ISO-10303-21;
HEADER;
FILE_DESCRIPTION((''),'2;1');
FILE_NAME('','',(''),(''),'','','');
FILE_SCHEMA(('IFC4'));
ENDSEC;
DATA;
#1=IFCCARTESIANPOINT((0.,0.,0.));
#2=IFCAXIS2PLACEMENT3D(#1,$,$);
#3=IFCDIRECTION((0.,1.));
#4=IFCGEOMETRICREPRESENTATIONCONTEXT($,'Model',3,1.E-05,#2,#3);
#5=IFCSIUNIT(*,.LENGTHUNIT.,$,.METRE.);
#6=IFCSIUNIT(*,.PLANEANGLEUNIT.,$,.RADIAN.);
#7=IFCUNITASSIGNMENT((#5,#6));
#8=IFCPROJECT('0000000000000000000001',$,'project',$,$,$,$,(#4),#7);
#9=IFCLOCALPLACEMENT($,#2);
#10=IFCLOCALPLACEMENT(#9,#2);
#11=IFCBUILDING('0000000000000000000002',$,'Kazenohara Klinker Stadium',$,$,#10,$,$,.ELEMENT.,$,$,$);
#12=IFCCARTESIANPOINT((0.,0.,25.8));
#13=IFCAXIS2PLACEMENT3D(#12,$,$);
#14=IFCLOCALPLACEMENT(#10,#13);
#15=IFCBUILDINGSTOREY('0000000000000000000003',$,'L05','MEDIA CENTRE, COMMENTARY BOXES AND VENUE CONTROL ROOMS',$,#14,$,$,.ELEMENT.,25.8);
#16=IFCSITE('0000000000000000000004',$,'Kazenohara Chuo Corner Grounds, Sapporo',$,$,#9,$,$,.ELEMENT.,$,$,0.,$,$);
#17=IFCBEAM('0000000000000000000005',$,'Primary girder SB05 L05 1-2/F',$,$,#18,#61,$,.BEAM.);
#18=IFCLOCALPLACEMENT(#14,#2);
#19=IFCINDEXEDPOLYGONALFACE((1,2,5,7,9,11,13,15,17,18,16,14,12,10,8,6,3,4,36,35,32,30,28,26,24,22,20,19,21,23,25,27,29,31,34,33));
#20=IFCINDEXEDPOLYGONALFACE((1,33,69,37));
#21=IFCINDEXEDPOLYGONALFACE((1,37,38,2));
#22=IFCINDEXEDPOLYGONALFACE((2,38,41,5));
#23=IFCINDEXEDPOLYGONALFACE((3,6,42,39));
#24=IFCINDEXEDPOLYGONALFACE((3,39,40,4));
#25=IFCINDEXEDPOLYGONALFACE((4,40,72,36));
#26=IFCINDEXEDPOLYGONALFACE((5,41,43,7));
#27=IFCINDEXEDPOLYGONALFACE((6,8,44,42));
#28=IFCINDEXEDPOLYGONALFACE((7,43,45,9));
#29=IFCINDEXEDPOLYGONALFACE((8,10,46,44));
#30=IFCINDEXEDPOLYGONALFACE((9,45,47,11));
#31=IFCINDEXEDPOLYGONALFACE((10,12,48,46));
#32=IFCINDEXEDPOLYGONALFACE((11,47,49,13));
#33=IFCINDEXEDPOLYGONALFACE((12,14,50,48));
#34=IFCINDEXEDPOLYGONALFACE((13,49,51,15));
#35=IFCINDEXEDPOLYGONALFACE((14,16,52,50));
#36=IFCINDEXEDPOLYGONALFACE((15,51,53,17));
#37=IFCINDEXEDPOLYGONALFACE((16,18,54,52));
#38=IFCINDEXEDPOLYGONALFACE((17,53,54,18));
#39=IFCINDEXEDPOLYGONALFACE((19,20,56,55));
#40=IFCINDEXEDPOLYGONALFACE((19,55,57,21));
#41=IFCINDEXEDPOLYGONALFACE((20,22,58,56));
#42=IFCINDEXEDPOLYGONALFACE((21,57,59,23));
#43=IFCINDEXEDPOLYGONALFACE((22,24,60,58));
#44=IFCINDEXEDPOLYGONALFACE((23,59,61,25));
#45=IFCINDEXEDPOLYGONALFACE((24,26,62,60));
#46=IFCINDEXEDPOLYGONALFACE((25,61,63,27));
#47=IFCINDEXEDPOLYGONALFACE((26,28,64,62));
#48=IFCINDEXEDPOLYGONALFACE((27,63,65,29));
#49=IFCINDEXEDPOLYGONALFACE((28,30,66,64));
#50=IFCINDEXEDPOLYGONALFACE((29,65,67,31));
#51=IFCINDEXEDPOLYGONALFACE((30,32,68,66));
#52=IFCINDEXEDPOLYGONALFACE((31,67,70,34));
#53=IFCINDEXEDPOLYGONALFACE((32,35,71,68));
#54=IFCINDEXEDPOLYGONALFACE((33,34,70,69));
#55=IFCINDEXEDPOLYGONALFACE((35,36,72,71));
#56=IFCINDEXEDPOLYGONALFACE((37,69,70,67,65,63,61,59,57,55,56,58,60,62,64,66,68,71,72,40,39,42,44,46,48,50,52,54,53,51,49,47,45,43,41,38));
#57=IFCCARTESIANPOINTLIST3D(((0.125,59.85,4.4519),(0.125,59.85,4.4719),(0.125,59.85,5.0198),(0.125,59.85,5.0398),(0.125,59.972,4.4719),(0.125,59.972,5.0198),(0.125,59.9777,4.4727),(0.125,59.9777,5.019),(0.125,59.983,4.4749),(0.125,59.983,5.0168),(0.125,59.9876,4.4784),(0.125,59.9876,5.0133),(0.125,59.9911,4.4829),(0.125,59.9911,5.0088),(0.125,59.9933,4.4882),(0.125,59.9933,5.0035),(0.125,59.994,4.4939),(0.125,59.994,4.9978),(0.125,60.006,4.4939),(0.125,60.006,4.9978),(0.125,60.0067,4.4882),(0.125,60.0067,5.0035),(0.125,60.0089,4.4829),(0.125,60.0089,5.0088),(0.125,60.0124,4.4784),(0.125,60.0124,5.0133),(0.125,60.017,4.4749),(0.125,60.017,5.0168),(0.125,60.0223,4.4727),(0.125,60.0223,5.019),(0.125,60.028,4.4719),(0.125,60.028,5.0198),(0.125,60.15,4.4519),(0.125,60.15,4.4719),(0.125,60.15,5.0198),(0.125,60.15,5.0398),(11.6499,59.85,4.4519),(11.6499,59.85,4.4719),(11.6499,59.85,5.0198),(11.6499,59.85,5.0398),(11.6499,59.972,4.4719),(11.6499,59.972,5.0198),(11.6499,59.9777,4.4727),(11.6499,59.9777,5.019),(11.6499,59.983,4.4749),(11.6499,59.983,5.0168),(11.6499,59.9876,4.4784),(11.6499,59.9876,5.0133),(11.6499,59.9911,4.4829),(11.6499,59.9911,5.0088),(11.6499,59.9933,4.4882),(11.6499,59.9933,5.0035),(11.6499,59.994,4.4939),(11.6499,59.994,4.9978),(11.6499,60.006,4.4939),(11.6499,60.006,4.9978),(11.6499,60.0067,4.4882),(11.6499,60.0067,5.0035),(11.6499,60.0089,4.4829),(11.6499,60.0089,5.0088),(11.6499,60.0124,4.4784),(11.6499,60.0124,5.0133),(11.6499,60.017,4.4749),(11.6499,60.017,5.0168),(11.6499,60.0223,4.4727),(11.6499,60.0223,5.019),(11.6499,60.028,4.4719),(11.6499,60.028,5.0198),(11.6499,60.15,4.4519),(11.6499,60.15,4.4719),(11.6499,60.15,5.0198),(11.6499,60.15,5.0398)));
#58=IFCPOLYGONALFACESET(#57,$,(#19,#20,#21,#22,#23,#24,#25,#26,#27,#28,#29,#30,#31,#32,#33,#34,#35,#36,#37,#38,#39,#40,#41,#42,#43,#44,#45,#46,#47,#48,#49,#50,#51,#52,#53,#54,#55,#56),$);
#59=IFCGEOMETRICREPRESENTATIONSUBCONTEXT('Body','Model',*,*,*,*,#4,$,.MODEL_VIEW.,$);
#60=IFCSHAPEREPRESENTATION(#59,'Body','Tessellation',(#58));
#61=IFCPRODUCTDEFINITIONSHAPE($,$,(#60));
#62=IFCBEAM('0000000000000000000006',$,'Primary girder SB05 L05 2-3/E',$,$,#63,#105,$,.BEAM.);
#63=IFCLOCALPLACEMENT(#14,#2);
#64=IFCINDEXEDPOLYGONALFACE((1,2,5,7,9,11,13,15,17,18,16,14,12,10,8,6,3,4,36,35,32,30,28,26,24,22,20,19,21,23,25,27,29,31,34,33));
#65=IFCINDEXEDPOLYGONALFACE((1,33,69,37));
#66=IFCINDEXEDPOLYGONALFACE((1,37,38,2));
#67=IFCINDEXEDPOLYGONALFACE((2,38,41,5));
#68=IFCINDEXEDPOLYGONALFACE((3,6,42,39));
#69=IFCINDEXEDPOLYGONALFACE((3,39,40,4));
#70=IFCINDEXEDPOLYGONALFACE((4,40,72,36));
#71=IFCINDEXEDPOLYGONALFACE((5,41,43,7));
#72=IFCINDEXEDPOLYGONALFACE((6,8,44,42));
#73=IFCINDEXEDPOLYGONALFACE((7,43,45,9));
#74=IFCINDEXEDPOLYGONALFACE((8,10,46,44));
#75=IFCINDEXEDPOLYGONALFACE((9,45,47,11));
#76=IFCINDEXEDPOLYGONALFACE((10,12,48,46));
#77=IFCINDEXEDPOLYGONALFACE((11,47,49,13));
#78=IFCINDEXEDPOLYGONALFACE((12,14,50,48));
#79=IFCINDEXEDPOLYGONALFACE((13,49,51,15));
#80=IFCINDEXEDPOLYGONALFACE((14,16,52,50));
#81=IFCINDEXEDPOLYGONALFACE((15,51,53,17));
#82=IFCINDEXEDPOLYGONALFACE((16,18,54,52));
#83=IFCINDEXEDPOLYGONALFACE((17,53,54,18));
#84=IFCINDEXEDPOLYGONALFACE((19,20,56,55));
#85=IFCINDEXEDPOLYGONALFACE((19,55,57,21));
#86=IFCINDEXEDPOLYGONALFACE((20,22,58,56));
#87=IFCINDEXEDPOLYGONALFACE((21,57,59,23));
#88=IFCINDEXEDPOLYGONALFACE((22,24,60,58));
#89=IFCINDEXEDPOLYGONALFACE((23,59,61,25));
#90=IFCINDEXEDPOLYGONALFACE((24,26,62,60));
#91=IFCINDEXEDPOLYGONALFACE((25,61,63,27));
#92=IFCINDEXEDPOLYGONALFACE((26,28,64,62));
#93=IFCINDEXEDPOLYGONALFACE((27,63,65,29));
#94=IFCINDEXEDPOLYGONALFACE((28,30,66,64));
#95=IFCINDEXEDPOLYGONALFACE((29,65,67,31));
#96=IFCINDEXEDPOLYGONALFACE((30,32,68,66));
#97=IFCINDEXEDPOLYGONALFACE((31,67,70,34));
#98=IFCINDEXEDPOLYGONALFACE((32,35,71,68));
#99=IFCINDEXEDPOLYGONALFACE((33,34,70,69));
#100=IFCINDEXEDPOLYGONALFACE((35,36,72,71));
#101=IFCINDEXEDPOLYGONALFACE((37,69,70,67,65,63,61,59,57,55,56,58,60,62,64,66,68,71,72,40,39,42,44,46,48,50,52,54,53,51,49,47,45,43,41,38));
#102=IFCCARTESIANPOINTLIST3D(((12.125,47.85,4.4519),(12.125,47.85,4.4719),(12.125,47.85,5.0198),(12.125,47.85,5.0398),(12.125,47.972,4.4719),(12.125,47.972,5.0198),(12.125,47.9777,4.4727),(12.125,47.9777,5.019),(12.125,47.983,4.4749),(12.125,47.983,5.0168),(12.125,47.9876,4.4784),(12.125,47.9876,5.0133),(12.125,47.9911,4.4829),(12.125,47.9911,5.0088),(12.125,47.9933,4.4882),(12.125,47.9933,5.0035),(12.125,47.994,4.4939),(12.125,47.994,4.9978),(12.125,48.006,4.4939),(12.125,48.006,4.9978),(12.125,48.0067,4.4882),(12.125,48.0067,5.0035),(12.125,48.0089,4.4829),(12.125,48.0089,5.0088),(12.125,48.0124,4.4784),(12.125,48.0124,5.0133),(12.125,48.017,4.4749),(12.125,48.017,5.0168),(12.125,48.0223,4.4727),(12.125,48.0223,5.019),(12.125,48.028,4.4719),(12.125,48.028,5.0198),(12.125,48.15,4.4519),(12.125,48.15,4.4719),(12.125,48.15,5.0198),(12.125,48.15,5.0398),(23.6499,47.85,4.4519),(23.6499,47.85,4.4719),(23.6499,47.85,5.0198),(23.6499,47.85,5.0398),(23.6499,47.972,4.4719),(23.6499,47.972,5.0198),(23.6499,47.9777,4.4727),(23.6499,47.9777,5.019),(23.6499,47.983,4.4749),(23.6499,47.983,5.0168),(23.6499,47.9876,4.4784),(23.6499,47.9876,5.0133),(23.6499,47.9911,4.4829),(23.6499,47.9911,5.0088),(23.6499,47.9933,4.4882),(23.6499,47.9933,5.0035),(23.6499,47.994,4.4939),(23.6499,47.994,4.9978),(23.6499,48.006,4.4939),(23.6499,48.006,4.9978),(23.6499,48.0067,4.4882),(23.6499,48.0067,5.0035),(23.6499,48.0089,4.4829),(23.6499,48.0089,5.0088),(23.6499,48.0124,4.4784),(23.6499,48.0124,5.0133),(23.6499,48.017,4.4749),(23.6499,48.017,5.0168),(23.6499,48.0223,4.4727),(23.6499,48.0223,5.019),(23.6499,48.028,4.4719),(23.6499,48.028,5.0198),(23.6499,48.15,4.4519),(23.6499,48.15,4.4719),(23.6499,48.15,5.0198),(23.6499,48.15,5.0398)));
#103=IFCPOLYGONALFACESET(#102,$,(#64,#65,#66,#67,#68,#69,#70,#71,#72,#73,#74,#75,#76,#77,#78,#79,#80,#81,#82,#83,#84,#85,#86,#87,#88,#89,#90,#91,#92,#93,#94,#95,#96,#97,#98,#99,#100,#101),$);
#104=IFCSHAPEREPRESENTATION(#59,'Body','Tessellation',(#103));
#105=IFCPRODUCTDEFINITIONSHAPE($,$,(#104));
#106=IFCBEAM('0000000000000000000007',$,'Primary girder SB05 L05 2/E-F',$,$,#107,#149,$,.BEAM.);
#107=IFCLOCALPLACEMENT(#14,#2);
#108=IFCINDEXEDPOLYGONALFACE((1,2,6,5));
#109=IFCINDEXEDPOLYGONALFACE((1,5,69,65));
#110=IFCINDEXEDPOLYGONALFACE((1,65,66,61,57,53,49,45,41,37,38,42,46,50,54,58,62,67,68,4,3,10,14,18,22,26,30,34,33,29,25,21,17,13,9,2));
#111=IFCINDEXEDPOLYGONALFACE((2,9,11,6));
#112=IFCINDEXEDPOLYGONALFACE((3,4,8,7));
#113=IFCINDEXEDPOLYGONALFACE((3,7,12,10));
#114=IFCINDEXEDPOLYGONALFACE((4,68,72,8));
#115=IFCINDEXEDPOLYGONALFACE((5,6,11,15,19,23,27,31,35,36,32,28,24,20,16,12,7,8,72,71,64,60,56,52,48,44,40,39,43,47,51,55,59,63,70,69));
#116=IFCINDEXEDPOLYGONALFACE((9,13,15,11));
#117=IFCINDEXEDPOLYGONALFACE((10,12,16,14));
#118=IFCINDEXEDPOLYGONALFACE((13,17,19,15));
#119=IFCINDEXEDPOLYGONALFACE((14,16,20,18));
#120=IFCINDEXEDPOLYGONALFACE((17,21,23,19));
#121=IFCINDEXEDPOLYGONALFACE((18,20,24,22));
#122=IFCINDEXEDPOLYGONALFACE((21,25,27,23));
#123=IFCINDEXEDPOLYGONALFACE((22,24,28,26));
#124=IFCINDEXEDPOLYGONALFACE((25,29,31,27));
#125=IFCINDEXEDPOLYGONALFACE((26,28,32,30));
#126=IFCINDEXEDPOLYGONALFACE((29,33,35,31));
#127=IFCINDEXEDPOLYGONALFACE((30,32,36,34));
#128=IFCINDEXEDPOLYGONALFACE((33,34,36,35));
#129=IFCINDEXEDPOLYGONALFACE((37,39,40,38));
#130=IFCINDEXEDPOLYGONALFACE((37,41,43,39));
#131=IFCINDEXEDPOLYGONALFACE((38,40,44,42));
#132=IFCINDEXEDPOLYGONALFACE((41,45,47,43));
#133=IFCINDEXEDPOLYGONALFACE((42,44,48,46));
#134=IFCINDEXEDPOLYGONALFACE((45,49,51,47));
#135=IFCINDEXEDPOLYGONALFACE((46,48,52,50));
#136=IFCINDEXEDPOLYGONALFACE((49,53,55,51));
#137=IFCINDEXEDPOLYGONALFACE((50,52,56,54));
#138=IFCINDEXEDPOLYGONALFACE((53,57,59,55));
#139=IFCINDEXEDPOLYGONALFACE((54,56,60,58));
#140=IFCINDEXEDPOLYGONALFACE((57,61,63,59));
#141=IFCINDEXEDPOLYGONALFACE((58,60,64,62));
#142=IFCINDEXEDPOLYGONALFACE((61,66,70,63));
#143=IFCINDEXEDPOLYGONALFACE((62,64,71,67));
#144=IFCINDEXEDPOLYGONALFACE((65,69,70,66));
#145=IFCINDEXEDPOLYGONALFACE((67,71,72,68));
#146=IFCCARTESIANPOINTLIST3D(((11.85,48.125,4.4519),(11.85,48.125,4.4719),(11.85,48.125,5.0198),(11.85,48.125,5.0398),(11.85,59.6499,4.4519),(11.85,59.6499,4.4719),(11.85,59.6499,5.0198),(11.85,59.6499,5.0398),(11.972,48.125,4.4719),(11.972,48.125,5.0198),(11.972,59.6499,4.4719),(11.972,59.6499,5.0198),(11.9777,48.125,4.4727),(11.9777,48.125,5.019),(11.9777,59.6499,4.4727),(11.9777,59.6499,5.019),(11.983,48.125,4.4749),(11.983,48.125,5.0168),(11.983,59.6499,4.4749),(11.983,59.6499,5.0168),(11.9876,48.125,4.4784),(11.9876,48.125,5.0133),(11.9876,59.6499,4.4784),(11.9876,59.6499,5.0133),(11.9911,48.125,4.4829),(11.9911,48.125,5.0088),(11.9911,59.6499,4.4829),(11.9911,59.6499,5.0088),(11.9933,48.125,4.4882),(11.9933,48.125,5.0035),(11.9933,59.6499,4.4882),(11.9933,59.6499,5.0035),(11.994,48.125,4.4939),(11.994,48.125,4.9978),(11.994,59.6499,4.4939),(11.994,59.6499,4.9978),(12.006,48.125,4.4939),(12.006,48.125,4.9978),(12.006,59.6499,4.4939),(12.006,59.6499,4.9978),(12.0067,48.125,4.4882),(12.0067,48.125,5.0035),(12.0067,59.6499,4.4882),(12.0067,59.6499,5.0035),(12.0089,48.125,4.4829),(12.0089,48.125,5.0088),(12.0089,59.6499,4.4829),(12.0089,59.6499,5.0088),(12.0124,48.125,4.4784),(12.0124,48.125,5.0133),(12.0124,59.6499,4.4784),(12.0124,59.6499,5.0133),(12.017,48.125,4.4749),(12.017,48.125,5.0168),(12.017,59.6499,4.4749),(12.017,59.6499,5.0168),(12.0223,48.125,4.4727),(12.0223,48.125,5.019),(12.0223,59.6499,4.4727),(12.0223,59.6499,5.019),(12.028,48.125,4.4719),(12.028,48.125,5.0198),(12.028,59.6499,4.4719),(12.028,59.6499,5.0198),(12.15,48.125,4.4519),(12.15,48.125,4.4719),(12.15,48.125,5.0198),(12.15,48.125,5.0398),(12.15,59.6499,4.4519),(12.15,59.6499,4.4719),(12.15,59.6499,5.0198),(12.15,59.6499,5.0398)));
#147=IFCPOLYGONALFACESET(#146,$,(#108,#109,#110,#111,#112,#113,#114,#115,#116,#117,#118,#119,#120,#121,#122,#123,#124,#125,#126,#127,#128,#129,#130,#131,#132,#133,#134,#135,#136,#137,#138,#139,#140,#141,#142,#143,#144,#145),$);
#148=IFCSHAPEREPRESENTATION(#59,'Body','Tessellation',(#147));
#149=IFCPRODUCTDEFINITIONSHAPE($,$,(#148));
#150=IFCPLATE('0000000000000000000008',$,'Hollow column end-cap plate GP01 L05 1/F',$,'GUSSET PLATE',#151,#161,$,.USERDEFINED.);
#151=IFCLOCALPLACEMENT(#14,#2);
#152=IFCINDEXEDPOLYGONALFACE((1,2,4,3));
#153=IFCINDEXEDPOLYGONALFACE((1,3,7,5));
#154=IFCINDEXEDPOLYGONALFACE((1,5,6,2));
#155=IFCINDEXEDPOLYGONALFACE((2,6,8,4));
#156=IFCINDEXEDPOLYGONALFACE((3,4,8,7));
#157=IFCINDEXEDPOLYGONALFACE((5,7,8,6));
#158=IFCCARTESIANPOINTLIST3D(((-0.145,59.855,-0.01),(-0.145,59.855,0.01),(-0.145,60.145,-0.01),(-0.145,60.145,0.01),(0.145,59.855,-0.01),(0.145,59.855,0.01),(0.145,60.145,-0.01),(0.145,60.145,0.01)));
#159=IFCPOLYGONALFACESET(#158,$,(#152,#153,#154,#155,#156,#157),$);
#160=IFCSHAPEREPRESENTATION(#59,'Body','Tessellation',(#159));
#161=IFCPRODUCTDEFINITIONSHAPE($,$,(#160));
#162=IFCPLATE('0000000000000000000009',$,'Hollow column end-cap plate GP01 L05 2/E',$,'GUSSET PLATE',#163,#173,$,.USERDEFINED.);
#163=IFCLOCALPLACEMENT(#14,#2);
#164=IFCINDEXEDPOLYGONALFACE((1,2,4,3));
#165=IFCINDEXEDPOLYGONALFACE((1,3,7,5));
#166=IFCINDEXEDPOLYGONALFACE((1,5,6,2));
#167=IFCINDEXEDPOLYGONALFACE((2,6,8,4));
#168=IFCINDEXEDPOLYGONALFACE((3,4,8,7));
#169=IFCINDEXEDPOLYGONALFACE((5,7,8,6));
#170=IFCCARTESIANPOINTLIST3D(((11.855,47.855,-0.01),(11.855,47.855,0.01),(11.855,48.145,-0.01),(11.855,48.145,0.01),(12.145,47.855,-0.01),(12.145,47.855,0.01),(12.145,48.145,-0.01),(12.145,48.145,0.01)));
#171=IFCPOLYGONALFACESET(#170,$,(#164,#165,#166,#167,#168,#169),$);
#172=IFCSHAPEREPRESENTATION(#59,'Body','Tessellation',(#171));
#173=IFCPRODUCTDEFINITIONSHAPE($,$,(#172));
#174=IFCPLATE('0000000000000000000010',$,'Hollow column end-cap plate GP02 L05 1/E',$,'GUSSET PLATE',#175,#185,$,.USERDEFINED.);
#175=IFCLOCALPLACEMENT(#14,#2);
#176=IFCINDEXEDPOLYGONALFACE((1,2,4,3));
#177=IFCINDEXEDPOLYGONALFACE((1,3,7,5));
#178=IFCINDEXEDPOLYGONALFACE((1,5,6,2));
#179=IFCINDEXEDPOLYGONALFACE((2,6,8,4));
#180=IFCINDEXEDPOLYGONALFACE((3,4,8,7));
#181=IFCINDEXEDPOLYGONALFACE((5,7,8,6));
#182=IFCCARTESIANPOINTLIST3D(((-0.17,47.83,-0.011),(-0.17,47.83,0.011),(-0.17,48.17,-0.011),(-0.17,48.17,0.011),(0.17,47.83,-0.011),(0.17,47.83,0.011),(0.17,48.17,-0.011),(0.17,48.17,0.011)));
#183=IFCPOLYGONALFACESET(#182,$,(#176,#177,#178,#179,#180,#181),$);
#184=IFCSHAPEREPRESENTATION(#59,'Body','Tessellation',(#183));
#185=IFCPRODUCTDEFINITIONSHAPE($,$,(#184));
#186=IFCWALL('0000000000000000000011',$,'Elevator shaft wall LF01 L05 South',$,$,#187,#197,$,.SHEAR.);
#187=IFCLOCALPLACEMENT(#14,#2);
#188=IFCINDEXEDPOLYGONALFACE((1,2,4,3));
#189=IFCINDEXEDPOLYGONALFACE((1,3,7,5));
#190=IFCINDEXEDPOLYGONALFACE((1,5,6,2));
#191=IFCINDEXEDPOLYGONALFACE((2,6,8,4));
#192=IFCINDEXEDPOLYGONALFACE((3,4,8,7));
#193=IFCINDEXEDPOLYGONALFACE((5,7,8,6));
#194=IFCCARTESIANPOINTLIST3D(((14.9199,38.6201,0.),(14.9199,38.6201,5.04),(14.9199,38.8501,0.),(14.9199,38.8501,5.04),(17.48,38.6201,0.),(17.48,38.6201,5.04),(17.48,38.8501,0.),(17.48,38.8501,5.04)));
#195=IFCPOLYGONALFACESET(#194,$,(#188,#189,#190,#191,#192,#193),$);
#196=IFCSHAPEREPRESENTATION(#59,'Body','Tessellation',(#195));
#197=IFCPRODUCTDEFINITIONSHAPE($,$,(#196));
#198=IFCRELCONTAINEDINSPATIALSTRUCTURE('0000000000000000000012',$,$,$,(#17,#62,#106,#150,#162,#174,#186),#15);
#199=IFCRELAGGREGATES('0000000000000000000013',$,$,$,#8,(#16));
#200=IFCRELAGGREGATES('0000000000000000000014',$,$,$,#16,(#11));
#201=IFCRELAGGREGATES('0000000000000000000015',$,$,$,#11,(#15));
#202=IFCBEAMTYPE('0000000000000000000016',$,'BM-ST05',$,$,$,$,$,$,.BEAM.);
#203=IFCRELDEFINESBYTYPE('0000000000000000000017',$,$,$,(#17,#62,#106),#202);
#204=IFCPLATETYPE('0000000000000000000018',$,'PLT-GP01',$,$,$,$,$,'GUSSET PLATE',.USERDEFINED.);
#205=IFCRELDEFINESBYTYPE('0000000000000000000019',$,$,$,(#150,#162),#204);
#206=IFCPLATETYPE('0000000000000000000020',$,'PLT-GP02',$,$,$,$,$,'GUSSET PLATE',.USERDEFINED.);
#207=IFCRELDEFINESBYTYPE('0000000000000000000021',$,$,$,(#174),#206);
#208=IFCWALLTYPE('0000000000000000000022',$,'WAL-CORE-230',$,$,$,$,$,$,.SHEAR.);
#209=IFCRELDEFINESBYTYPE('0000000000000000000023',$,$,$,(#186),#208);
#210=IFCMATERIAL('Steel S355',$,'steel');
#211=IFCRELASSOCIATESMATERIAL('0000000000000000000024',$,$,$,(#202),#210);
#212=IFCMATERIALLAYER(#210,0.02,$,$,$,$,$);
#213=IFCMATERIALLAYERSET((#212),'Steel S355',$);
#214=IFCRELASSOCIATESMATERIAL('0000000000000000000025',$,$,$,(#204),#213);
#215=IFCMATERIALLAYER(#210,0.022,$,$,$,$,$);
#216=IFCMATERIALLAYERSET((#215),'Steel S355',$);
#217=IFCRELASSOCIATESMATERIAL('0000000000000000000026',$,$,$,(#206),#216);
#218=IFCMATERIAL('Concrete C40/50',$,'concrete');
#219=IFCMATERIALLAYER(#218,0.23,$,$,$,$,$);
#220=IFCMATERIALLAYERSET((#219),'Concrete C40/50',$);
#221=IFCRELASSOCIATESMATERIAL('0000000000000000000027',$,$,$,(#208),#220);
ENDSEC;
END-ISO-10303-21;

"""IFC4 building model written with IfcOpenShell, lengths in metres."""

from ifc_helpers import new_model, si_unit, direction, frame, frame_2d, origin, origin_2d, place, context, subcontext, project, spatial, rectangle, i_section, extrude, material, layer, layer_set, material_profile, profile_set, type_object, element, save


model = new_model("IFC4")

# Units and contexts
model_context = context("Model", 3, precision=1e-05, world=origin(), true_north=direction((0.0, 1.0)))
body_context = subcontext(model_context, "Body", "Model", "MODEL_VIEW")
ifc_project = project(units=[si_unit("LENGTHUNIT", "METRE"), si_unit("PLANEANGLEUNIT", "RADIAN")], contexts=[model_context])

# Site, building, storey
site_placement = place(None, origin())
site = spatial("IfcSite", under=ifc_project, at=site_placement, Name="Kazenohara Chuo Corner Grounds, Sapporo", CompositionType="ELEMENT", RefElevation=0.0)
building_placement = place(site_placement, origin())
building = spatial("IfcBuilding", under=site, at=building_placement, Name="Kazenohara Klinker Stadium", CompositionType="ELEMENT")
storey_placement = place(building_placement, frame((0.0, 0.0, 25.8)))
storey = spatial("IfcBuildingStorey", under=building, at=storey_placement, Name="L05", Description="MEDIA CENTRE, COMMENTARY BOXES AND VENUE CONTROL ROOMS", CompositionType="ELEMENT", Elevation=25.8)

# Shared definitions
ifc_material_1 = material(Name="Concrete C40/50", Category="concrete")
ifc_material_2 = material(Name="Steel S355", Category="steel")

# Beams
ifc_material_profile_1 = material_profile(ifc_material_2, i_section(OverallWidth=0.3, OverallDepth=0.5879, WebThickness=0.012, FlangeThickness=0.02, FilletRadius=0.022, at=origin_2d()), Name="H-588x300x12x20")
ifc_profile_set_1 = profile_set([ifc_material_profile_1], Name="Steel S355")
beam_type_1 = type_object("IfcBeamType", Name="BM-ST05", PredefinedType="BEAM", material=ifc_profile_set_1)
for number, where, z_axis, x_axis, name in (
    (1, (0.125, 60.0, 4.7458), (1.0, 0.0, 0.0), (0.0, 1.0, 0.0), "Primary girder SB05 L05 1-2/F"),
    (2, (12.125, 48.0, 4.7458), (1.0, 0.0, 0.0), (0.0, 1.0, 0.0), "Primary girder SB05 L05 2-3/E"),
    (3, (12.0, 48.125, 4.7458), (0.0, 1.0, 0.0), (-1.0, 0.0, 0.0), "Primary girder SB05 L05 2/E-F"),
):
    element("IfcBeam", number, at=place(storey_placement, frame(where, z_axis=z_axis, x_axis=x_axis)), inside=storey, type_object=beam_type_1, Name=name, PredefinedType="BEAM", context=body_context, shape_type="SweptSolid", body=[
        extrude(i_section(OverallWidth=0.3, OverallDepth=0.5879, WebThickness=0.012, FlangeThickness=0.02, FilletRadius=0.022, at=origin_2d()), origin(), (0.0, 0.0, 1.0), 11.5249),
    ])

# Plates
ifc_layer_1 = layer(ifc_material_2, 0.02)
ifc_layer_set_1 = layer_set([ifc_layer_1], Name="Steel S355")
plate_type_1 = type_object("IfcPlateType", Name="PLT-GP01", ElementType="GUSSET PLATE", PredefinedType="USERDEFINED", material=ifc_layer_set_1)
for number, where, z_axis, x_axis, name in (
    (4, (0.0, 60.0, -0.01), (0.0, 0.0, 1.0), (1.0, 0.0, 0.0), "Hollow column end-cap plate GP01 L05 1/F"),
    (5, (12.0, 48.0, -0.01), (0.0, 0.0, 1.0), (1.0, 0.0, 0.0), "Hollow column end-cap plate GP01 L05 2/E"),
):
    element("IfcPlate", number, at=place(storey_placement, frame(where, z_axis=z_axis, x_axis=x_axis)), inside=storey, type_object=plate_type_1, Name=name, ObjectType="GUSSET PLATE", PredefinedType="USERDEFINED", context=body_context, shape_type="SweptSolid", body=[
        extrude(rectangle(XDim=0.29, YDim=0.29, at=origin_2d()), origin(), (0.0, 0.0, 1.0), 0.02),
    ])
ifc_layer_2 = layer(ifc_material_2, 0.022)
ifc_layer_set_2 = layer_set([ifc_layer_2], Name="Steel S355")
plate_type_2 = type_object("IfcPlateType", Name="PLT-GP02", ElementType="GUSSET PLATE", PredefinedType="USERDEFINED", material=ifc_layer_set_2)
plate_placement = place(storey_placement, frame((0.0, 48.0, -0.011), z_axis=(0.0, 0.0, 1.0), x_axis=(1.0, 0.0, 0.0)))
element("IfcPlate", 6, at=plate_placement, inside=storey, type_object=plate_type_2, Name="Hollow column end-cap plate GP02 L05 1/E", ObjectType="GUSSET PLATE", PredefinedType="USERDEFINED", context=body_context, shape_type="SweptSolid", body=[
    extrude(rectangle(XDim=0.3401, YDim=0.3401, at=origin_2d()), origin(), (0.0, 0.0, 1.0), 0.022),
])

# Wall
ifc_layer_3 = layer(ifc_material_1, 0.23)
ifc_layer_set_3 = layer_set([ifc_layer_3], Name="Concrete C40/50")
wall_type_1 = type_object("IfcWallType", Name="WAL-CORE-230", PredefinedType="SHEAR", material=ifc_layer_set_3)
for number, where, z_axis, x_axis, name in (
    (7, (14.9199, 38.7351, 0.0), (0.0, 0.0, 1.0), (1.0, 0.0, 0.0), "Elevator shaft wall LF01 L05 South"),
):
    element("IfcWall", number, at=place(storey_placement, frame(where, z_axis=z_axis, x_axis=x_axis)), inside=storey, type_object=wall_type_1, Name=name, PredefinedType="SHEAR", context=body_context, shape_type="SweptSolid", body=[
        extrude(rectangle(XDim=2.5601, YDim=0.23, at=frame_2d((1.28, 0.0))), origin(), (0.0, 0.0, 1.0), 5.04),
    ])

save(model, "model.ifc")
